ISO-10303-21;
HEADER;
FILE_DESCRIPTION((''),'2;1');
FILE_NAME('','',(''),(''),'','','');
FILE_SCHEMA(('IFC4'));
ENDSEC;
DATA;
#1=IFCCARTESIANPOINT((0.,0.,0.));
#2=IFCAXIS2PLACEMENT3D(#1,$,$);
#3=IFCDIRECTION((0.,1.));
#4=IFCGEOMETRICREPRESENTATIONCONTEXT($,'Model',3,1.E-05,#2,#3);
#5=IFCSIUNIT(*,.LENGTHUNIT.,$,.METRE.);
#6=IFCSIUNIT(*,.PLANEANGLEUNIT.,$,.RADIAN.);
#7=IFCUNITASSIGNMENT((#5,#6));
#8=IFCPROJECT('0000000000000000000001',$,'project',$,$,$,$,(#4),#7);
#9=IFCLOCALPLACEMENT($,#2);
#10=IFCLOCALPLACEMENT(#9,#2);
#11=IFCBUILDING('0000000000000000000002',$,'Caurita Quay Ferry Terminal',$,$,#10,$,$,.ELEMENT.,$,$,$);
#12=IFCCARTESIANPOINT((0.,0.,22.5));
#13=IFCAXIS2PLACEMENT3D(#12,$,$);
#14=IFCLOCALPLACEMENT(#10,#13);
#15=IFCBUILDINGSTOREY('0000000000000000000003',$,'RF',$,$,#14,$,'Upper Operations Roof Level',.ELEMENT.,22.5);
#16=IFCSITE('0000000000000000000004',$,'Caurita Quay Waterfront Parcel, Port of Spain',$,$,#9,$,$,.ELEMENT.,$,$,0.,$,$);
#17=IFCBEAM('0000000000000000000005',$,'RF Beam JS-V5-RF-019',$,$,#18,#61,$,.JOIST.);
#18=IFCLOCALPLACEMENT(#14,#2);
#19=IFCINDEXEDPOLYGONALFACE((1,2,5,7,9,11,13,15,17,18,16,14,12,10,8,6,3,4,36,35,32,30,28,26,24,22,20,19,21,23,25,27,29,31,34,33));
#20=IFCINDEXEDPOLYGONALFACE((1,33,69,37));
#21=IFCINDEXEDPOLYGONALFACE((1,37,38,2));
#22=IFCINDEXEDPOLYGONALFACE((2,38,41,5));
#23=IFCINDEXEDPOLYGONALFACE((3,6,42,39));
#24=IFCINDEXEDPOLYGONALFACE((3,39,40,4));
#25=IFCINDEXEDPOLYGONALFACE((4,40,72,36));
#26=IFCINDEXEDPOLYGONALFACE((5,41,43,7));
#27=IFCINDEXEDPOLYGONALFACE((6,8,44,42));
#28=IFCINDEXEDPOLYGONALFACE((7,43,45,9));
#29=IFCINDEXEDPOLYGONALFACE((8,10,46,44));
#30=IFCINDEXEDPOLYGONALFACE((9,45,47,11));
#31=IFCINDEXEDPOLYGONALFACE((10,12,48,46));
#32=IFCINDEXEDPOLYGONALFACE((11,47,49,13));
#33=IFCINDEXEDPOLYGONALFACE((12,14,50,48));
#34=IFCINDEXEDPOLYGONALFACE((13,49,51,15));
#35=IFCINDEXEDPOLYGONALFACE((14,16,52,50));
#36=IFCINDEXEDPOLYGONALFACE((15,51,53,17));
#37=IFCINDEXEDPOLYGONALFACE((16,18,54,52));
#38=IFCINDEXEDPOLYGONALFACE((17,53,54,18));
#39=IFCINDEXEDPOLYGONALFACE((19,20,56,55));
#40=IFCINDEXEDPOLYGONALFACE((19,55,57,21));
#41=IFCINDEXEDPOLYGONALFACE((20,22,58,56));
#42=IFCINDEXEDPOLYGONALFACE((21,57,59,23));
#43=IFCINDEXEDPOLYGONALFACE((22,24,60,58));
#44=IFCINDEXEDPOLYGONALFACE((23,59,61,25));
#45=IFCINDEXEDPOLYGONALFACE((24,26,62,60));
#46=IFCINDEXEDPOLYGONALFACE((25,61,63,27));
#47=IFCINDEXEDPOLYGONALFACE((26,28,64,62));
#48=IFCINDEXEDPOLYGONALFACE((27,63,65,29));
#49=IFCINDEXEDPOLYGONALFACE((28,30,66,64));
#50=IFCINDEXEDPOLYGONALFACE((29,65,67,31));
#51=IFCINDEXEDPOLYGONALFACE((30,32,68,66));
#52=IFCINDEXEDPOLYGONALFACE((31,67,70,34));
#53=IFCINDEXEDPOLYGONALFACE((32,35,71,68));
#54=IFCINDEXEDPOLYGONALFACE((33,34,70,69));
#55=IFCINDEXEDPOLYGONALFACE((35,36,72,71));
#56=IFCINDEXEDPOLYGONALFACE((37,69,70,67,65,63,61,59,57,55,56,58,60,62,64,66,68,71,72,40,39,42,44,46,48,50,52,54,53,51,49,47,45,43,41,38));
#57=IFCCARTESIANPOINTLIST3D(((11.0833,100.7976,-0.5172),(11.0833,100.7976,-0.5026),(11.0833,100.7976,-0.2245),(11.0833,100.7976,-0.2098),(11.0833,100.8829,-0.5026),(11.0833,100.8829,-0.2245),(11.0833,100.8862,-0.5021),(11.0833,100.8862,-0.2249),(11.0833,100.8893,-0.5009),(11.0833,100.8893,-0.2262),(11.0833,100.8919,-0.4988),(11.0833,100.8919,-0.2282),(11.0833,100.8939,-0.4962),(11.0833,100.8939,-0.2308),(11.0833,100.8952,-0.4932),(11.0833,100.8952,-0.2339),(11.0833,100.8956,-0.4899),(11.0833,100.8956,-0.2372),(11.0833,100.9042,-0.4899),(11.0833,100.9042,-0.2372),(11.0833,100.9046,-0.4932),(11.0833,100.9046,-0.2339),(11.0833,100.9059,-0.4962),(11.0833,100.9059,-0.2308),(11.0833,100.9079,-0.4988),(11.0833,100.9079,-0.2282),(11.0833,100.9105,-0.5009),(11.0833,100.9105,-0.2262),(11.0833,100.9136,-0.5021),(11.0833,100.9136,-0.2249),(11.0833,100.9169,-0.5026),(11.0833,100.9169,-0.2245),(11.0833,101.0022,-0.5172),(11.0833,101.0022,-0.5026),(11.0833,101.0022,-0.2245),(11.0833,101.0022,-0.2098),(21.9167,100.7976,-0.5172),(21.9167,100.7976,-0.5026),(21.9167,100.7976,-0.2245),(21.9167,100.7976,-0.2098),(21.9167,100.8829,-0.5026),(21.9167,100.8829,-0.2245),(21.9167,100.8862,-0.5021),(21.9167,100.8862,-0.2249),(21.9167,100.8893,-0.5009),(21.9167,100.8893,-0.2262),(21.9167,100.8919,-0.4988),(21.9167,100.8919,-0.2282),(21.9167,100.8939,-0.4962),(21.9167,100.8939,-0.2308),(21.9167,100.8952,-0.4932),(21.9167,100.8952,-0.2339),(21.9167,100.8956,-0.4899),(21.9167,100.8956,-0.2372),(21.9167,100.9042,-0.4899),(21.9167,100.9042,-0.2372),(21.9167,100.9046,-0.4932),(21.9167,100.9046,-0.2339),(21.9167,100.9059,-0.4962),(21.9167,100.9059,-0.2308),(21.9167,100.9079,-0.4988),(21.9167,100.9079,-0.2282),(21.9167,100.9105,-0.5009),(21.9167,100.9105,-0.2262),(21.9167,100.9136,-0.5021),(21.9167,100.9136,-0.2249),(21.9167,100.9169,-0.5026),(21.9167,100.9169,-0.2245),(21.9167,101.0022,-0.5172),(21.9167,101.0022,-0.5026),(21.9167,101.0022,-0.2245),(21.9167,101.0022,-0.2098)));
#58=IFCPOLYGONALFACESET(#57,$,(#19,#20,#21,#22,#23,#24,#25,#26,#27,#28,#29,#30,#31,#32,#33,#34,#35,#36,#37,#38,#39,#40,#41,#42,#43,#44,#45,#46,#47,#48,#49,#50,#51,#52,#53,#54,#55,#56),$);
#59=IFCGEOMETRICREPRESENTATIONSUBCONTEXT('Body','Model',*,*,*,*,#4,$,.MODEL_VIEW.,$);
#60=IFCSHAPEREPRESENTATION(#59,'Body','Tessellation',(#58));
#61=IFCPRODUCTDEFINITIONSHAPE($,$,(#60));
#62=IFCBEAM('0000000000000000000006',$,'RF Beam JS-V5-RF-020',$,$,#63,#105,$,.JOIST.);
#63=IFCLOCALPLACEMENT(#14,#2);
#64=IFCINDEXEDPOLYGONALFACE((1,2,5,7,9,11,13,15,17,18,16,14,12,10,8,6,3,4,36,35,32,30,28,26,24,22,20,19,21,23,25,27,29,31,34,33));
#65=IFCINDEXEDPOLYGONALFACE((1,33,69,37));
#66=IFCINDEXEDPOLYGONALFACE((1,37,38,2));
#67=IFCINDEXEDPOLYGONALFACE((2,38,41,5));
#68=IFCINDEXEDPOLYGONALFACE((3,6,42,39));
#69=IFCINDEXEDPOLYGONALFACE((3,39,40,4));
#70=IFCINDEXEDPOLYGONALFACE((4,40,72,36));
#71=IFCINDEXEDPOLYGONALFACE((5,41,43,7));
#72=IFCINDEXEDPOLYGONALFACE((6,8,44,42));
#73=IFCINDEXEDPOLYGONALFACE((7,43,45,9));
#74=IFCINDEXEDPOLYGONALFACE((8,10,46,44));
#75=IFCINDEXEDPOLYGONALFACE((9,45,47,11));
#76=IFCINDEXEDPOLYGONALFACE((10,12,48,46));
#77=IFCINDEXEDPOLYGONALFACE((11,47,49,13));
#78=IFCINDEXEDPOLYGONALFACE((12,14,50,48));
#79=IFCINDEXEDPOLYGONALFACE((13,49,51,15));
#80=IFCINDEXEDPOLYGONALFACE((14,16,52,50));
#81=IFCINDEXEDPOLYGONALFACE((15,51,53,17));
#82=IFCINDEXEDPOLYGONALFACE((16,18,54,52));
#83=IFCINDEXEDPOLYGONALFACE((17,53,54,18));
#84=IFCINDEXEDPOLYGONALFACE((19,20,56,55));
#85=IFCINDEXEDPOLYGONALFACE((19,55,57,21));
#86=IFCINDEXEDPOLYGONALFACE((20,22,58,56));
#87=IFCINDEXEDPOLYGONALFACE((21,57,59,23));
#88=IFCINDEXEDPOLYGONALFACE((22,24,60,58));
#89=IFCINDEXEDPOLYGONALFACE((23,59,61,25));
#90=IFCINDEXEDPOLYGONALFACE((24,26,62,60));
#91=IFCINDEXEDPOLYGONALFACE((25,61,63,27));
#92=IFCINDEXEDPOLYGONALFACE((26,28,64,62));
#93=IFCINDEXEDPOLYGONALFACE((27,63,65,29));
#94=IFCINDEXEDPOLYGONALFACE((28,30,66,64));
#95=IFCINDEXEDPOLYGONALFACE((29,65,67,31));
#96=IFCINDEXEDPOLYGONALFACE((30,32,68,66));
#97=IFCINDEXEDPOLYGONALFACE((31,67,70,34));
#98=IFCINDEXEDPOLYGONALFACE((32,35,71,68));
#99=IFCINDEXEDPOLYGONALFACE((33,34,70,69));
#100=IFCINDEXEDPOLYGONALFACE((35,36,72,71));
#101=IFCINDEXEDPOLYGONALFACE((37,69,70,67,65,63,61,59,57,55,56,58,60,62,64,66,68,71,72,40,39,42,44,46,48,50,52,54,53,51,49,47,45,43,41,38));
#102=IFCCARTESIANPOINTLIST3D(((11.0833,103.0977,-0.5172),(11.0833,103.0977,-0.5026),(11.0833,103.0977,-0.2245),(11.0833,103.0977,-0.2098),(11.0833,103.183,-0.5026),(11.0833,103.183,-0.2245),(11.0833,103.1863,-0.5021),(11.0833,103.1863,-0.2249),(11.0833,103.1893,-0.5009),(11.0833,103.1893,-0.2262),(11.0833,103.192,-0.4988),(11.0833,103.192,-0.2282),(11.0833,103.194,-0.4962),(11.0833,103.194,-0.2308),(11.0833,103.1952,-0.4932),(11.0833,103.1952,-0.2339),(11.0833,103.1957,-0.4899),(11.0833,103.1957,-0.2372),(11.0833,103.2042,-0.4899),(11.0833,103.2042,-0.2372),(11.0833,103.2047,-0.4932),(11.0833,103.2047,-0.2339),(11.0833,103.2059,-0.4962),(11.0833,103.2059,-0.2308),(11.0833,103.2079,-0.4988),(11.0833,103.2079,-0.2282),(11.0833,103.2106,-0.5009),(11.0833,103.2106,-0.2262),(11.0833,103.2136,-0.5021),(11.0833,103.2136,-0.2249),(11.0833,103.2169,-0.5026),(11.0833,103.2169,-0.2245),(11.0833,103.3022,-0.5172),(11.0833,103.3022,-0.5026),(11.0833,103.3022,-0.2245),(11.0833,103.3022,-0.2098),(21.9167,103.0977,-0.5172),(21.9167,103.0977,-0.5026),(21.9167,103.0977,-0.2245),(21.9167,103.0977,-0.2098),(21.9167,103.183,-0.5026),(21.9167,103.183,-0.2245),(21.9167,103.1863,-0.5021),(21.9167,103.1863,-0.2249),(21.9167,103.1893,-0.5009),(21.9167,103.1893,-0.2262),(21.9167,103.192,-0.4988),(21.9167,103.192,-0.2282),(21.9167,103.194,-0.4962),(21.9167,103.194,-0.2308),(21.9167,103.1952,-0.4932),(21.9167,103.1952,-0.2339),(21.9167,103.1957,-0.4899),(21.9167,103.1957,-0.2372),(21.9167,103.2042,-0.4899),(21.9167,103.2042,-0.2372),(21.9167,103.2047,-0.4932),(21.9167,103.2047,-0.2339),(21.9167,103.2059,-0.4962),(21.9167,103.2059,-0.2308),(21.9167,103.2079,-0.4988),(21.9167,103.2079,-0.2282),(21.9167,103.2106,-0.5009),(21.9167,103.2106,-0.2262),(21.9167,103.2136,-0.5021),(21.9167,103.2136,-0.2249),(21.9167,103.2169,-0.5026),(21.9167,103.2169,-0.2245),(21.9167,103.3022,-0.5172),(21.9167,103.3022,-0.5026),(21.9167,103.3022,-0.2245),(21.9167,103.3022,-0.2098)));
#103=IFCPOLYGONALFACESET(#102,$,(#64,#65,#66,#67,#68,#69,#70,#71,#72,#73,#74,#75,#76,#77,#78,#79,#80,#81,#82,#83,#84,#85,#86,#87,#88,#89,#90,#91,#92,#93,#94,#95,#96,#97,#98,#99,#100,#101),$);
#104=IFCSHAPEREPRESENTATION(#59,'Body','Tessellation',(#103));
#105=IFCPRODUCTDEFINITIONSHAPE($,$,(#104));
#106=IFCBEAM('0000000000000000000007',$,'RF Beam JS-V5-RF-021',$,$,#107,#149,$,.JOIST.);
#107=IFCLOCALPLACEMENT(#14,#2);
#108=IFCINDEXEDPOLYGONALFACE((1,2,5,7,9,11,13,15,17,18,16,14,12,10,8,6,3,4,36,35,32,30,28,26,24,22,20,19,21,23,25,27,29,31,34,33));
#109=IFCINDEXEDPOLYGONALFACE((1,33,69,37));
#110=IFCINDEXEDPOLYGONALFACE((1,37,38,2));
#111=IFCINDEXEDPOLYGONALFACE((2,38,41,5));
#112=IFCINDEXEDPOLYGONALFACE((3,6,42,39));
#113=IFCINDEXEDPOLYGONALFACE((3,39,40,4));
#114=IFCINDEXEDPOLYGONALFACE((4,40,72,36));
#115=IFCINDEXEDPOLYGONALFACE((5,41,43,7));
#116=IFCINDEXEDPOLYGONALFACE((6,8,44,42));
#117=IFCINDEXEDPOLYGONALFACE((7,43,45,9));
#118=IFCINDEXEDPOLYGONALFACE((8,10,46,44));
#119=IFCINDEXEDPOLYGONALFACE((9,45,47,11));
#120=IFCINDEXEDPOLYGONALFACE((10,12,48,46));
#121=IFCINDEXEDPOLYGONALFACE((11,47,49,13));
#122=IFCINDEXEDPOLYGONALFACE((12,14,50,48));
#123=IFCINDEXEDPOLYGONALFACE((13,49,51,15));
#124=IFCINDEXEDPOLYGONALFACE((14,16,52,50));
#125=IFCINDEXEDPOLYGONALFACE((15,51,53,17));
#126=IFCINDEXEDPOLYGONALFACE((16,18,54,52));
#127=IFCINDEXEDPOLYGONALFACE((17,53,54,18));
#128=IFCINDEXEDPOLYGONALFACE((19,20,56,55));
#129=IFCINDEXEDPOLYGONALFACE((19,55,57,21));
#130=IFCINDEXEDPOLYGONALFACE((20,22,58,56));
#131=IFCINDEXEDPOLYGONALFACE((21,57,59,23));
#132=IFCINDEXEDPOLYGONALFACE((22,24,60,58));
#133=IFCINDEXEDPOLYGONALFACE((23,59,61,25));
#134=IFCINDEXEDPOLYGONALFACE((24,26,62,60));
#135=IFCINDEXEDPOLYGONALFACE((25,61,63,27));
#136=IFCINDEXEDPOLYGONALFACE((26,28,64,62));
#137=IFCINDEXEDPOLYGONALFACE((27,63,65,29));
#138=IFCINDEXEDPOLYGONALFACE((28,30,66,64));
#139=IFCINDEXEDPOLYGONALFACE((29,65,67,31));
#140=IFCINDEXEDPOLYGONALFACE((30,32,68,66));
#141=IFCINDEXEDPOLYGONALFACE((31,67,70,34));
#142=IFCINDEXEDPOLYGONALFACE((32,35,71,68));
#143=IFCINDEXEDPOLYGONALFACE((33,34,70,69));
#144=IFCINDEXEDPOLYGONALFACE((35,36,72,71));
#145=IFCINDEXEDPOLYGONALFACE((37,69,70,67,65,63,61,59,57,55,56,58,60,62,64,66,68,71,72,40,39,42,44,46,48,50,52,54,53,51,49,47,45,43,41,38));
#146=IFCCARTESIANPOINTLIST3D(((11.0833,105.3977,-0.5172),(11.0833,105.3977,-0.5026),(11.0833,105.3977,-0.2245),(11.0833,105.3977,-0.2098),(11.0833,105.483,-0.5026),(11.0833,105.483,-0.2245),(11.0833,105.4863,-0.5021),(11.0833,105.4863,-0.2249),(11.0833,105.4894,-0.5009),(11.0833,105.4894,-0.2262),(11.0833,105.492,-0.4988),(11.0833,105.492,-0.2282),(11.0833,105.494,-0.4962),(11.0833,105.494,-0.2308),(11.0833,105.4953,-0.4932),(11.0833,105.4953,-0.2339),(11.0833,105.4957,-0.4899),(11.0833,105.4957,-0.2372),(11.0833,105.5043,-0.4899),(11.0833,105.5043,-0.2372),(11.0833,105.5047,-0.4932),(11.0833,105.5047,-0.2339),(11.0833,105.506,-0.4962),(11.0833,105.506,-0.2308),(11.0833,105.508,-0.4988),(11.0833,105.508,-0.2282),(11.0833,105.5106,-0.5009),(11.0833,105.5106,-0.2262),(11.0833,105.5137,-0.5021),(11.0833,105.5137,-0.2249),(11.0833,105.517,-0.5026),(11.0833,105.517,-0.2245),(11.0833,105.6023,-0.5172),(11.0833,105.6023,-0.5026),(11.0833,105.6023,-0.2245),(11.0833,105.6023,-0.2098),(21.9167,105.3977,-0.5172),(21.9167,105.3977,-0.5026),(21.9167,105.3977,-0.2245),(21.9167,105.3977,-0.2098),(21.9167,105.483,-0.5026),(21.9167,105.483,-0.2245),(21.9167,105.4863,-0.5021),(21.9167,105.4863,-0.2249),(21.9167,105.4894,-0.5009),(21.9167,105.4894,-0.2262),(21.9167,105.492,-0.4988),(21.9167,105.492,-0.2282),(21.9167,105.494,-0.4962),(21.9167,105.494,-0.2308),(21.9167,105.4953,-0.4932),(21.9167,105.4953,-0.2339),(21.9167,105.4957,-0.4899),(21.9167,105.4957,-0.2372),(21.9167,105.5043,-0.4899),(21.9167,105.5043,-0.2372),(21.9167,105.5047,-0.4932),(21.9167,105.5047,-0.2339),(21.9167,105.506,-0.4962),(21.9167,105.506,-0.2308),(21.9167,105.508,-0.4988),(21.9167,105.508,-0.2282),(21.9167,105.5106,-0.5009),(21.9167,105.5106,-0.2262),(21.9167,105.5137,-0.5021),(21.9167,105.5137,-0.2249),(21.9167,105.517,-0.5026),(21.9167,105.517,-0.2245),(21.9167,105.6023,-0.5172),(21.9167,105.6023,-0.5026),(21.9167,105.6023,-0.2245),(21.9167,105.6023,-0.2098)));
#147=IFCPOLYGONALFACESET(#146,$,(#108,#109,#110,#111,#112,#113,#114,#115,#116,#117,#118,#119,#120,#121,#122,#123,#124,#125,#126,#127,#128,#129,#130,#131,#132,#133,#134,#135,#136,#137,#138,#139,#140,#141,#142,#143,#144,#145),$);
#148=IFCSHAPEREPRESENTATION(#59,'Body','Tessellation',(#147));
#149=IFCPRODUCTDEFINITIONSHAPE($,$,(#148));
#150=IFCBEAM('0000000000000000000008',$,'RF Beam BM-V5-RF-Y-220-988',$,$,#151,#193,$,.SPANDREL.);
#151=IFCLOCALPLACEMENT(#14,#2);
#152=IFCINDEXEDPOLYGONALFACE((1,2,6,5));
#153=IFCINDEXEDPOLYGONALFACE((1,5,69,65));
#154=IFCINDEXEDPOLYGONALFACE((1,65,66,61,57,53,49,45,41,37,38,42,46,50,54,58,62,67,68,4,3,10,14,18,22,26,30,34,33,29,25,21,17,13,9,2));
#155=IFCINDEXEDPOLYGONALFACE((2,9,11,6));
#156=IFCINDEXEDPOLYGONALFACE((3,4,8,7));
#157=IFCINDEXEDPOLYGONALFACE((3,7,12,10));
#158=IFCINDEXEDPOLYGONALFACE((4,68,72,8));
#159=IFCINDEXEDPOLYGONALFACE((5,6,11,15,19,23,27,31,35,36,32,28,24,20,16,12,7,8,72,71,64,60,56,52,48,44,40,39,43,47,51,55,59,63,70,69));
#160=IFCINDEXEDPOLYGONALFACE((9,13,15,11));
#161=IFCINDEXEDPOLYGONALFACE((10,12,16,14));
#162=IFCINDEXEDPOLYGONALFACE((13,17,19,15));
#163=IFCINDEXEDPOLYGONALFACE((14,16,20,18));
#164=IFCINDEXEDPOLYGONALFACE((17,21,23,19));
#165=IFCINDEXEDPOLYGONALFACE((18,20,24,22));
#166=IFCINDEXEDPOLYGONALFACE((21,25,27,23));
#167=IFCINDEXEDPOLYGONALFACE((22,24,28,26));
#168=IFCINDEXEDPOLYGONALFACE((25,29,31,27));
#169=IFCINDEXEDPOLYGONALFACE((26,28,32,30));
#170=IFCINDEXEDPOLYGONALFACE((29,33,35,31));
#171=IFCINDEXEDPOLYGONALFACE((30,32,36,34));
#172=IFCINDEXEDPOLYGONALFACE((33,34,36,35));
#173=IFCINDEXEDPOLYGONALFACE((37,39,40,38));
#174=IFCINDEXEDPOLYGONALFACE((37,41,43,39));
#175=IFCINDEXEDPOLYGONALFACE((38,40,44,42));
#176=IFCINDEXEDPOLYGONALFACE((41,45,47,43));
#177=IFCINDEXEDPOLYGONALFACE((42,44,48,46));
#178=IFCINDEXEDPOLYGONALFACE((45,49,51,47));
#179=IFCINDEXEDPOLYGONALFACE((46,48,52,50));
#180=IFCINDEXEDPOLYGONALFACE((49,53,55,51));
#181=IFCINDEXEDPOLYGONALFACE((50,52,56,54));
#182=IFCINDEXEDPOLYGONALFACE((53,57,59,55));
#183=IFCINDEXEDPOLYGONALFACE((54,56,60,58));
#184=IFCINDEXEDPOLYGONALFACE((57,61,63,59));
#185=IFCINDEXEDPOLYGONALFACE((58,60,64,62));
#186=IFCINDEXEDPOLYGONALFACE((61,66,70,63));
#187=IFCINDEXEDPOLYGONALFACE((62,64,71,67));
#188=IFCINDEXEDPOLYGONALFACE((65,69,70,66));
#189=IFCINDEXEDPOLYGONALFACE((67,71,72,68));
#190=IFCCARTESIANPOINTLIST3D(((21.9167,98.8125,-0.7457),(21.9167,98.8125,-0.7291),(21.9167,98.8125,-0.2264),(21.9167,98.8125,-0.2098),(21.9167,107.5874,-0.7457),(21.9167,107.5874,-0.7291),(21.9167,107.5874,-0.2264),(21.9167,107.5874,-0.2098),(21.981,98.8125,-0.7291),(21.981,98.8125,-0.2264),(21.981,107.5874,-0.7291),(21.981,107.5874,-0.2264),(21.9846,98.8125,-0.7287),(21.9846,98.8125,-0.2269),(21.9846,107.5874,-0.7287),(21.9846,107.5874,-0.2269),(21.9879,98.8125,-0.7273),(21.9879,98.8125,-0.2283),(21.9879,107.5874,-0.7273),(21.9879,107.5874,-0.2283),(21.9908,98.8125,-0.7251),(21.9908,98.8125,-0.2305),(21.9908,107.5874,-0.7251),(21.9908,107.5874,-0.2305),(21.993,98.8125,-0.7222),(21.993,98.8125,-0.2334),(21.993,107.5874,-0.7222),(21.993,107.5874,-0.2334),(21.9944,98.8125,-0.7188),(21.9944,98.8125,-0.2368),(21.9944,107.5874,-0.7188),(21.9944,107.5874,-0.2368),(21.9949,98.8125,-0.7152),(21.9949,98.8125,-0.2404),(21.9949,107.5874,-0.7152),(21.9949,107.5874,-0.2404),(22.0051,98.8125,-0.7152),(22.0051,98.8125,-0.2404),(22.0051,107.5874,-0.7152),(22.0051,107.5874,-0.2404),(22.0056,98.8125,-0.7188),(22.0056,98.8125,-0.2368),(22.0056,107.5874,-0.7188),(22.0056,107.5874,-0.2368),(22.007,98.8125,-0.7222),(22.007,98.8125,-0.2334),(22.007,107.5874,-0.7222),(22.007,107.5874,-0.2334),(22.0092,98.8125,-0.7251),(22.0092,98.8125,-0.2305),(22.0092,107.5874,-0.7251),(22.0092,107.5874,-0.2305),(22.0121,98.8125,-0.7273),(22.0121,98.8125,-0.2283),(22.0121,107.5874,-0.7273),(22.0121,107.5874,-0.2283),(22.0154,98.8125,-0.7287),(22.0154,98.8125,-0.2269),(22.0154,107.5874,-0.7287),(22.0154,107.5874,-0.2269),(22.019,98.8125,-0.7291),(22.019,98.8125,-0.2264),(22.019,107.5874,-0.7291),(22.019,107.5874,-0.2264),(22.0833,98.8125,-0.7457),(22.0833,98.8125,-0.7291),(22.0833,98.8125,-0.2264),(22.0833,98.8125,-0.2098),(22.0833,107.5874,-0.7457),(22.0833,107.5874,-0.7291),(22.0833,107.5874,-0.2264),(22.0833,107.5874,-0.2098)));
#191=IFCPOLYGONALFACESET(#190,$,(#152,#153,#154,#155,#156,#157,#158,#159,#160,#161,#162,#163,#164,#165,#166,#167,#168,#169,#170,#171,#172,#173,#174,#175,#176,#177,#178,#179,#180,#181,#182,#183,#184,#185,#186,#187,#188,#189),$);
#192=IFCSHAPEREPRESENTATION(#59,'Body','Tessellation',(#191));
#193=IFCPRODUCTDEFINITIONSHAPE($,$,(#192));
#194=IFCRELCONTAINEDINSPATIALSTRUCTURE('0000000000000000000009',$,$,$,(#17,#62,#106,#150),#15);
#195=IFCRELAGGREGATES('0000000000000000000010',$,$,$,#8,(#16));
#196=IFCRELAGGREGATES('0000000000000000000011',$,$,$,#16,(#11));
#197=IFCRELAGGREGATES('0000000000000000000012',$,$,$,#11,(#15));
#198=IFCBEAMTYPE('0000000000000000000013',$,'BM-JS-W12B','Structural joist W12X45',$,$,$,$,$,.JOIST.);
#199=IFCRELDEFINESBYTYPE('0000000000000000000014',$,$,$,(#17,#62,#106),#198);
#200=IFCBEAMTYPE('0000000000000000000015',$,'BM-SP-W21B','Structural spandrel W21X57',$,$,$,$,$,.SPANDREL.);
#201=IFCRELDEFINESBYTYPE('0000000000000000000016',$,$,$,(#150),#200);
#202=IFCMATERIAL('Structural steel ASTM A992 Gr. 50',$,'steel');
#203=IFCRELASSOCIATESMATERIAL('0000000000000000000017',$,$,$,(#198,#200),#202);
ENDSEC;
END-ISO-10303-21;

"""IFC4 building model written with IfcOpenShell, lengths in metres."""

from ifc_helpers import new_model, si_unit, direction, frame, origin, origin_2d, place, context, subcontext, project, spatial, i_section, extrude, material, material_profile, profile_set, type_object, element, save


model = new_model("IFC4")

# Units and contexts
model_context = context("Model", 3, precision=1e-05, world=origin(), true_north=direction((0.0, 1.0)))
body_context = subcontext(model_context, "Body", "Model", "MODEL_VIEW")
ifc_project = project(units=[si_unit("LENGTHUNIT", "METRE"), si_unit("PLANEANGLEUNIT", "RADIAN")], contexts=[model_context])

# Site, building, storey
site_placement = place(None, origin())
site = spatial("IfcSite", under=ifc_project, at=site_placement, Name="Caurita Quay Waterfront Parcel, Port of Spain", CompositionType="ELEMENT", RefElevation=0.0)
building_placement = place(site_placement, origin())
building = spatial("IfcBuilding", under=site, at=building_placement, Name="Caurita Quay Ferry Terminal", CompositionType="ELEMENT")
storey_placement = place(building_placement, frame((0.0, 0.0, 22.5)))
storey = spatial("IfcBuildingStorey", under=building, at=storey_placement, Name="RF", LongName="Upper Operations Roof Level", CompositionType="ELEMENT", Elevation=22.5)

# Beams
ifc_material_1 = material(Name="Structural steel ASTM A992 Gr. 50", Category="steel")
ifc_material_profile_1 = material_profile(ifc_material_1, i_section(OverallWidth=0.2046, OverallDepth=0.3074, WebThickness=0.0085, FlangeThickness=0.0146, FilletRadius=0.0127, at=origin_2d()), Name="W12X45")
ifc_profile_set_1 = profile_set([ifc_material_profile_1], Name="Structural steel ASTM A992 Gr. 50")
beam_type_1 = type_object("IfcBeamType", Name="BM-JS-W12B", Description="Structural joist W12X45", PredefinedType="JOIST", material=ifc_profile_set_1)
for number, where, z_axis, x_axis, name in (
    (1, (11.0833, 100.8999, -0.3635), (1.0, 0.0, 0.0), (0.0, 1.0, 0.0), "RF Beam JS-V5-RF-019"),
    (2, (11.0833, 103.2, -0.3635), (1.0, 0.0, 0.0), (0.0, 1.0, 0.0), "RF Beam JS-V5-RF-020"),
    (3, (11.0833, 105.5, -0.3635), (1.0, 0.0, 0.0), (0.0, 1.0, 0.0), "RF Beam JS-V5-RF-021"),
):
    element("IfcBeam", number, at=place(storey_placement, frame(where, z_axis=z_axis, x_axis=x_axis)), inside=storey, type_object=beam_type_1, Name=name, PredefinedType="JOIST", context=body_context, shape_type="SweptSolid", body=[
        extrude(i_section(OverallWidth=0.2046, OverallDepth=0.3074, WebThickness=0.0085, FlangeThickness=0.0146, FilletRadius=0.0127, at=origin_2d()), origin(), (0.0, 0.0, 1.0), 10.8335),
    ])
ifc_material_profile_2 = material_profile(ifc_material_1, i_section(OverallWidth=0.1665, OverallDepth=0.5359, WebThickness=0.0103, FlangeThickness=0.0166, FilletRadius=0.0139, at=origin_2d()), Name="W21X57")
ifc_profile_set_2 = profile_set([ifc_material_profile_2], Name="Structural steel ASTM A992 Gr. 50")
beam_type_2 = type_object("IfcBeamType", Name="BM-SP-W21B", Description="Structural spandrel W21X57", PredefinedType="SPANDREL", material=ifc_profile_set_2)
beam_1_placement = place(storey_placement, frame((22.0, 98.8125, -0.4778), z_axis=(0.0, 1.0, 0.0), x_axis=(-1.0, 0.0, 0.0)))
element("IfcBeam", 4, at=beam_1_placement, inside=storey, type_object=beam_type_2, Name="RF Beam BM-V5-RF-Y-220-988", PredefinedType="SPANDREL", context=body_context, shape_type="SweptSolid", body=[
    extrude(i_section(OverallWidth=0.1665, OverallDepth=0.5359, WebThickness=0.0103, FlangeThickness=0.0166, FilletRadius=0.0139, at=origin_2d()), origin(), (0.0, 0.0, 1.0), 8.7749),
])

save(model, "model.ifc")
